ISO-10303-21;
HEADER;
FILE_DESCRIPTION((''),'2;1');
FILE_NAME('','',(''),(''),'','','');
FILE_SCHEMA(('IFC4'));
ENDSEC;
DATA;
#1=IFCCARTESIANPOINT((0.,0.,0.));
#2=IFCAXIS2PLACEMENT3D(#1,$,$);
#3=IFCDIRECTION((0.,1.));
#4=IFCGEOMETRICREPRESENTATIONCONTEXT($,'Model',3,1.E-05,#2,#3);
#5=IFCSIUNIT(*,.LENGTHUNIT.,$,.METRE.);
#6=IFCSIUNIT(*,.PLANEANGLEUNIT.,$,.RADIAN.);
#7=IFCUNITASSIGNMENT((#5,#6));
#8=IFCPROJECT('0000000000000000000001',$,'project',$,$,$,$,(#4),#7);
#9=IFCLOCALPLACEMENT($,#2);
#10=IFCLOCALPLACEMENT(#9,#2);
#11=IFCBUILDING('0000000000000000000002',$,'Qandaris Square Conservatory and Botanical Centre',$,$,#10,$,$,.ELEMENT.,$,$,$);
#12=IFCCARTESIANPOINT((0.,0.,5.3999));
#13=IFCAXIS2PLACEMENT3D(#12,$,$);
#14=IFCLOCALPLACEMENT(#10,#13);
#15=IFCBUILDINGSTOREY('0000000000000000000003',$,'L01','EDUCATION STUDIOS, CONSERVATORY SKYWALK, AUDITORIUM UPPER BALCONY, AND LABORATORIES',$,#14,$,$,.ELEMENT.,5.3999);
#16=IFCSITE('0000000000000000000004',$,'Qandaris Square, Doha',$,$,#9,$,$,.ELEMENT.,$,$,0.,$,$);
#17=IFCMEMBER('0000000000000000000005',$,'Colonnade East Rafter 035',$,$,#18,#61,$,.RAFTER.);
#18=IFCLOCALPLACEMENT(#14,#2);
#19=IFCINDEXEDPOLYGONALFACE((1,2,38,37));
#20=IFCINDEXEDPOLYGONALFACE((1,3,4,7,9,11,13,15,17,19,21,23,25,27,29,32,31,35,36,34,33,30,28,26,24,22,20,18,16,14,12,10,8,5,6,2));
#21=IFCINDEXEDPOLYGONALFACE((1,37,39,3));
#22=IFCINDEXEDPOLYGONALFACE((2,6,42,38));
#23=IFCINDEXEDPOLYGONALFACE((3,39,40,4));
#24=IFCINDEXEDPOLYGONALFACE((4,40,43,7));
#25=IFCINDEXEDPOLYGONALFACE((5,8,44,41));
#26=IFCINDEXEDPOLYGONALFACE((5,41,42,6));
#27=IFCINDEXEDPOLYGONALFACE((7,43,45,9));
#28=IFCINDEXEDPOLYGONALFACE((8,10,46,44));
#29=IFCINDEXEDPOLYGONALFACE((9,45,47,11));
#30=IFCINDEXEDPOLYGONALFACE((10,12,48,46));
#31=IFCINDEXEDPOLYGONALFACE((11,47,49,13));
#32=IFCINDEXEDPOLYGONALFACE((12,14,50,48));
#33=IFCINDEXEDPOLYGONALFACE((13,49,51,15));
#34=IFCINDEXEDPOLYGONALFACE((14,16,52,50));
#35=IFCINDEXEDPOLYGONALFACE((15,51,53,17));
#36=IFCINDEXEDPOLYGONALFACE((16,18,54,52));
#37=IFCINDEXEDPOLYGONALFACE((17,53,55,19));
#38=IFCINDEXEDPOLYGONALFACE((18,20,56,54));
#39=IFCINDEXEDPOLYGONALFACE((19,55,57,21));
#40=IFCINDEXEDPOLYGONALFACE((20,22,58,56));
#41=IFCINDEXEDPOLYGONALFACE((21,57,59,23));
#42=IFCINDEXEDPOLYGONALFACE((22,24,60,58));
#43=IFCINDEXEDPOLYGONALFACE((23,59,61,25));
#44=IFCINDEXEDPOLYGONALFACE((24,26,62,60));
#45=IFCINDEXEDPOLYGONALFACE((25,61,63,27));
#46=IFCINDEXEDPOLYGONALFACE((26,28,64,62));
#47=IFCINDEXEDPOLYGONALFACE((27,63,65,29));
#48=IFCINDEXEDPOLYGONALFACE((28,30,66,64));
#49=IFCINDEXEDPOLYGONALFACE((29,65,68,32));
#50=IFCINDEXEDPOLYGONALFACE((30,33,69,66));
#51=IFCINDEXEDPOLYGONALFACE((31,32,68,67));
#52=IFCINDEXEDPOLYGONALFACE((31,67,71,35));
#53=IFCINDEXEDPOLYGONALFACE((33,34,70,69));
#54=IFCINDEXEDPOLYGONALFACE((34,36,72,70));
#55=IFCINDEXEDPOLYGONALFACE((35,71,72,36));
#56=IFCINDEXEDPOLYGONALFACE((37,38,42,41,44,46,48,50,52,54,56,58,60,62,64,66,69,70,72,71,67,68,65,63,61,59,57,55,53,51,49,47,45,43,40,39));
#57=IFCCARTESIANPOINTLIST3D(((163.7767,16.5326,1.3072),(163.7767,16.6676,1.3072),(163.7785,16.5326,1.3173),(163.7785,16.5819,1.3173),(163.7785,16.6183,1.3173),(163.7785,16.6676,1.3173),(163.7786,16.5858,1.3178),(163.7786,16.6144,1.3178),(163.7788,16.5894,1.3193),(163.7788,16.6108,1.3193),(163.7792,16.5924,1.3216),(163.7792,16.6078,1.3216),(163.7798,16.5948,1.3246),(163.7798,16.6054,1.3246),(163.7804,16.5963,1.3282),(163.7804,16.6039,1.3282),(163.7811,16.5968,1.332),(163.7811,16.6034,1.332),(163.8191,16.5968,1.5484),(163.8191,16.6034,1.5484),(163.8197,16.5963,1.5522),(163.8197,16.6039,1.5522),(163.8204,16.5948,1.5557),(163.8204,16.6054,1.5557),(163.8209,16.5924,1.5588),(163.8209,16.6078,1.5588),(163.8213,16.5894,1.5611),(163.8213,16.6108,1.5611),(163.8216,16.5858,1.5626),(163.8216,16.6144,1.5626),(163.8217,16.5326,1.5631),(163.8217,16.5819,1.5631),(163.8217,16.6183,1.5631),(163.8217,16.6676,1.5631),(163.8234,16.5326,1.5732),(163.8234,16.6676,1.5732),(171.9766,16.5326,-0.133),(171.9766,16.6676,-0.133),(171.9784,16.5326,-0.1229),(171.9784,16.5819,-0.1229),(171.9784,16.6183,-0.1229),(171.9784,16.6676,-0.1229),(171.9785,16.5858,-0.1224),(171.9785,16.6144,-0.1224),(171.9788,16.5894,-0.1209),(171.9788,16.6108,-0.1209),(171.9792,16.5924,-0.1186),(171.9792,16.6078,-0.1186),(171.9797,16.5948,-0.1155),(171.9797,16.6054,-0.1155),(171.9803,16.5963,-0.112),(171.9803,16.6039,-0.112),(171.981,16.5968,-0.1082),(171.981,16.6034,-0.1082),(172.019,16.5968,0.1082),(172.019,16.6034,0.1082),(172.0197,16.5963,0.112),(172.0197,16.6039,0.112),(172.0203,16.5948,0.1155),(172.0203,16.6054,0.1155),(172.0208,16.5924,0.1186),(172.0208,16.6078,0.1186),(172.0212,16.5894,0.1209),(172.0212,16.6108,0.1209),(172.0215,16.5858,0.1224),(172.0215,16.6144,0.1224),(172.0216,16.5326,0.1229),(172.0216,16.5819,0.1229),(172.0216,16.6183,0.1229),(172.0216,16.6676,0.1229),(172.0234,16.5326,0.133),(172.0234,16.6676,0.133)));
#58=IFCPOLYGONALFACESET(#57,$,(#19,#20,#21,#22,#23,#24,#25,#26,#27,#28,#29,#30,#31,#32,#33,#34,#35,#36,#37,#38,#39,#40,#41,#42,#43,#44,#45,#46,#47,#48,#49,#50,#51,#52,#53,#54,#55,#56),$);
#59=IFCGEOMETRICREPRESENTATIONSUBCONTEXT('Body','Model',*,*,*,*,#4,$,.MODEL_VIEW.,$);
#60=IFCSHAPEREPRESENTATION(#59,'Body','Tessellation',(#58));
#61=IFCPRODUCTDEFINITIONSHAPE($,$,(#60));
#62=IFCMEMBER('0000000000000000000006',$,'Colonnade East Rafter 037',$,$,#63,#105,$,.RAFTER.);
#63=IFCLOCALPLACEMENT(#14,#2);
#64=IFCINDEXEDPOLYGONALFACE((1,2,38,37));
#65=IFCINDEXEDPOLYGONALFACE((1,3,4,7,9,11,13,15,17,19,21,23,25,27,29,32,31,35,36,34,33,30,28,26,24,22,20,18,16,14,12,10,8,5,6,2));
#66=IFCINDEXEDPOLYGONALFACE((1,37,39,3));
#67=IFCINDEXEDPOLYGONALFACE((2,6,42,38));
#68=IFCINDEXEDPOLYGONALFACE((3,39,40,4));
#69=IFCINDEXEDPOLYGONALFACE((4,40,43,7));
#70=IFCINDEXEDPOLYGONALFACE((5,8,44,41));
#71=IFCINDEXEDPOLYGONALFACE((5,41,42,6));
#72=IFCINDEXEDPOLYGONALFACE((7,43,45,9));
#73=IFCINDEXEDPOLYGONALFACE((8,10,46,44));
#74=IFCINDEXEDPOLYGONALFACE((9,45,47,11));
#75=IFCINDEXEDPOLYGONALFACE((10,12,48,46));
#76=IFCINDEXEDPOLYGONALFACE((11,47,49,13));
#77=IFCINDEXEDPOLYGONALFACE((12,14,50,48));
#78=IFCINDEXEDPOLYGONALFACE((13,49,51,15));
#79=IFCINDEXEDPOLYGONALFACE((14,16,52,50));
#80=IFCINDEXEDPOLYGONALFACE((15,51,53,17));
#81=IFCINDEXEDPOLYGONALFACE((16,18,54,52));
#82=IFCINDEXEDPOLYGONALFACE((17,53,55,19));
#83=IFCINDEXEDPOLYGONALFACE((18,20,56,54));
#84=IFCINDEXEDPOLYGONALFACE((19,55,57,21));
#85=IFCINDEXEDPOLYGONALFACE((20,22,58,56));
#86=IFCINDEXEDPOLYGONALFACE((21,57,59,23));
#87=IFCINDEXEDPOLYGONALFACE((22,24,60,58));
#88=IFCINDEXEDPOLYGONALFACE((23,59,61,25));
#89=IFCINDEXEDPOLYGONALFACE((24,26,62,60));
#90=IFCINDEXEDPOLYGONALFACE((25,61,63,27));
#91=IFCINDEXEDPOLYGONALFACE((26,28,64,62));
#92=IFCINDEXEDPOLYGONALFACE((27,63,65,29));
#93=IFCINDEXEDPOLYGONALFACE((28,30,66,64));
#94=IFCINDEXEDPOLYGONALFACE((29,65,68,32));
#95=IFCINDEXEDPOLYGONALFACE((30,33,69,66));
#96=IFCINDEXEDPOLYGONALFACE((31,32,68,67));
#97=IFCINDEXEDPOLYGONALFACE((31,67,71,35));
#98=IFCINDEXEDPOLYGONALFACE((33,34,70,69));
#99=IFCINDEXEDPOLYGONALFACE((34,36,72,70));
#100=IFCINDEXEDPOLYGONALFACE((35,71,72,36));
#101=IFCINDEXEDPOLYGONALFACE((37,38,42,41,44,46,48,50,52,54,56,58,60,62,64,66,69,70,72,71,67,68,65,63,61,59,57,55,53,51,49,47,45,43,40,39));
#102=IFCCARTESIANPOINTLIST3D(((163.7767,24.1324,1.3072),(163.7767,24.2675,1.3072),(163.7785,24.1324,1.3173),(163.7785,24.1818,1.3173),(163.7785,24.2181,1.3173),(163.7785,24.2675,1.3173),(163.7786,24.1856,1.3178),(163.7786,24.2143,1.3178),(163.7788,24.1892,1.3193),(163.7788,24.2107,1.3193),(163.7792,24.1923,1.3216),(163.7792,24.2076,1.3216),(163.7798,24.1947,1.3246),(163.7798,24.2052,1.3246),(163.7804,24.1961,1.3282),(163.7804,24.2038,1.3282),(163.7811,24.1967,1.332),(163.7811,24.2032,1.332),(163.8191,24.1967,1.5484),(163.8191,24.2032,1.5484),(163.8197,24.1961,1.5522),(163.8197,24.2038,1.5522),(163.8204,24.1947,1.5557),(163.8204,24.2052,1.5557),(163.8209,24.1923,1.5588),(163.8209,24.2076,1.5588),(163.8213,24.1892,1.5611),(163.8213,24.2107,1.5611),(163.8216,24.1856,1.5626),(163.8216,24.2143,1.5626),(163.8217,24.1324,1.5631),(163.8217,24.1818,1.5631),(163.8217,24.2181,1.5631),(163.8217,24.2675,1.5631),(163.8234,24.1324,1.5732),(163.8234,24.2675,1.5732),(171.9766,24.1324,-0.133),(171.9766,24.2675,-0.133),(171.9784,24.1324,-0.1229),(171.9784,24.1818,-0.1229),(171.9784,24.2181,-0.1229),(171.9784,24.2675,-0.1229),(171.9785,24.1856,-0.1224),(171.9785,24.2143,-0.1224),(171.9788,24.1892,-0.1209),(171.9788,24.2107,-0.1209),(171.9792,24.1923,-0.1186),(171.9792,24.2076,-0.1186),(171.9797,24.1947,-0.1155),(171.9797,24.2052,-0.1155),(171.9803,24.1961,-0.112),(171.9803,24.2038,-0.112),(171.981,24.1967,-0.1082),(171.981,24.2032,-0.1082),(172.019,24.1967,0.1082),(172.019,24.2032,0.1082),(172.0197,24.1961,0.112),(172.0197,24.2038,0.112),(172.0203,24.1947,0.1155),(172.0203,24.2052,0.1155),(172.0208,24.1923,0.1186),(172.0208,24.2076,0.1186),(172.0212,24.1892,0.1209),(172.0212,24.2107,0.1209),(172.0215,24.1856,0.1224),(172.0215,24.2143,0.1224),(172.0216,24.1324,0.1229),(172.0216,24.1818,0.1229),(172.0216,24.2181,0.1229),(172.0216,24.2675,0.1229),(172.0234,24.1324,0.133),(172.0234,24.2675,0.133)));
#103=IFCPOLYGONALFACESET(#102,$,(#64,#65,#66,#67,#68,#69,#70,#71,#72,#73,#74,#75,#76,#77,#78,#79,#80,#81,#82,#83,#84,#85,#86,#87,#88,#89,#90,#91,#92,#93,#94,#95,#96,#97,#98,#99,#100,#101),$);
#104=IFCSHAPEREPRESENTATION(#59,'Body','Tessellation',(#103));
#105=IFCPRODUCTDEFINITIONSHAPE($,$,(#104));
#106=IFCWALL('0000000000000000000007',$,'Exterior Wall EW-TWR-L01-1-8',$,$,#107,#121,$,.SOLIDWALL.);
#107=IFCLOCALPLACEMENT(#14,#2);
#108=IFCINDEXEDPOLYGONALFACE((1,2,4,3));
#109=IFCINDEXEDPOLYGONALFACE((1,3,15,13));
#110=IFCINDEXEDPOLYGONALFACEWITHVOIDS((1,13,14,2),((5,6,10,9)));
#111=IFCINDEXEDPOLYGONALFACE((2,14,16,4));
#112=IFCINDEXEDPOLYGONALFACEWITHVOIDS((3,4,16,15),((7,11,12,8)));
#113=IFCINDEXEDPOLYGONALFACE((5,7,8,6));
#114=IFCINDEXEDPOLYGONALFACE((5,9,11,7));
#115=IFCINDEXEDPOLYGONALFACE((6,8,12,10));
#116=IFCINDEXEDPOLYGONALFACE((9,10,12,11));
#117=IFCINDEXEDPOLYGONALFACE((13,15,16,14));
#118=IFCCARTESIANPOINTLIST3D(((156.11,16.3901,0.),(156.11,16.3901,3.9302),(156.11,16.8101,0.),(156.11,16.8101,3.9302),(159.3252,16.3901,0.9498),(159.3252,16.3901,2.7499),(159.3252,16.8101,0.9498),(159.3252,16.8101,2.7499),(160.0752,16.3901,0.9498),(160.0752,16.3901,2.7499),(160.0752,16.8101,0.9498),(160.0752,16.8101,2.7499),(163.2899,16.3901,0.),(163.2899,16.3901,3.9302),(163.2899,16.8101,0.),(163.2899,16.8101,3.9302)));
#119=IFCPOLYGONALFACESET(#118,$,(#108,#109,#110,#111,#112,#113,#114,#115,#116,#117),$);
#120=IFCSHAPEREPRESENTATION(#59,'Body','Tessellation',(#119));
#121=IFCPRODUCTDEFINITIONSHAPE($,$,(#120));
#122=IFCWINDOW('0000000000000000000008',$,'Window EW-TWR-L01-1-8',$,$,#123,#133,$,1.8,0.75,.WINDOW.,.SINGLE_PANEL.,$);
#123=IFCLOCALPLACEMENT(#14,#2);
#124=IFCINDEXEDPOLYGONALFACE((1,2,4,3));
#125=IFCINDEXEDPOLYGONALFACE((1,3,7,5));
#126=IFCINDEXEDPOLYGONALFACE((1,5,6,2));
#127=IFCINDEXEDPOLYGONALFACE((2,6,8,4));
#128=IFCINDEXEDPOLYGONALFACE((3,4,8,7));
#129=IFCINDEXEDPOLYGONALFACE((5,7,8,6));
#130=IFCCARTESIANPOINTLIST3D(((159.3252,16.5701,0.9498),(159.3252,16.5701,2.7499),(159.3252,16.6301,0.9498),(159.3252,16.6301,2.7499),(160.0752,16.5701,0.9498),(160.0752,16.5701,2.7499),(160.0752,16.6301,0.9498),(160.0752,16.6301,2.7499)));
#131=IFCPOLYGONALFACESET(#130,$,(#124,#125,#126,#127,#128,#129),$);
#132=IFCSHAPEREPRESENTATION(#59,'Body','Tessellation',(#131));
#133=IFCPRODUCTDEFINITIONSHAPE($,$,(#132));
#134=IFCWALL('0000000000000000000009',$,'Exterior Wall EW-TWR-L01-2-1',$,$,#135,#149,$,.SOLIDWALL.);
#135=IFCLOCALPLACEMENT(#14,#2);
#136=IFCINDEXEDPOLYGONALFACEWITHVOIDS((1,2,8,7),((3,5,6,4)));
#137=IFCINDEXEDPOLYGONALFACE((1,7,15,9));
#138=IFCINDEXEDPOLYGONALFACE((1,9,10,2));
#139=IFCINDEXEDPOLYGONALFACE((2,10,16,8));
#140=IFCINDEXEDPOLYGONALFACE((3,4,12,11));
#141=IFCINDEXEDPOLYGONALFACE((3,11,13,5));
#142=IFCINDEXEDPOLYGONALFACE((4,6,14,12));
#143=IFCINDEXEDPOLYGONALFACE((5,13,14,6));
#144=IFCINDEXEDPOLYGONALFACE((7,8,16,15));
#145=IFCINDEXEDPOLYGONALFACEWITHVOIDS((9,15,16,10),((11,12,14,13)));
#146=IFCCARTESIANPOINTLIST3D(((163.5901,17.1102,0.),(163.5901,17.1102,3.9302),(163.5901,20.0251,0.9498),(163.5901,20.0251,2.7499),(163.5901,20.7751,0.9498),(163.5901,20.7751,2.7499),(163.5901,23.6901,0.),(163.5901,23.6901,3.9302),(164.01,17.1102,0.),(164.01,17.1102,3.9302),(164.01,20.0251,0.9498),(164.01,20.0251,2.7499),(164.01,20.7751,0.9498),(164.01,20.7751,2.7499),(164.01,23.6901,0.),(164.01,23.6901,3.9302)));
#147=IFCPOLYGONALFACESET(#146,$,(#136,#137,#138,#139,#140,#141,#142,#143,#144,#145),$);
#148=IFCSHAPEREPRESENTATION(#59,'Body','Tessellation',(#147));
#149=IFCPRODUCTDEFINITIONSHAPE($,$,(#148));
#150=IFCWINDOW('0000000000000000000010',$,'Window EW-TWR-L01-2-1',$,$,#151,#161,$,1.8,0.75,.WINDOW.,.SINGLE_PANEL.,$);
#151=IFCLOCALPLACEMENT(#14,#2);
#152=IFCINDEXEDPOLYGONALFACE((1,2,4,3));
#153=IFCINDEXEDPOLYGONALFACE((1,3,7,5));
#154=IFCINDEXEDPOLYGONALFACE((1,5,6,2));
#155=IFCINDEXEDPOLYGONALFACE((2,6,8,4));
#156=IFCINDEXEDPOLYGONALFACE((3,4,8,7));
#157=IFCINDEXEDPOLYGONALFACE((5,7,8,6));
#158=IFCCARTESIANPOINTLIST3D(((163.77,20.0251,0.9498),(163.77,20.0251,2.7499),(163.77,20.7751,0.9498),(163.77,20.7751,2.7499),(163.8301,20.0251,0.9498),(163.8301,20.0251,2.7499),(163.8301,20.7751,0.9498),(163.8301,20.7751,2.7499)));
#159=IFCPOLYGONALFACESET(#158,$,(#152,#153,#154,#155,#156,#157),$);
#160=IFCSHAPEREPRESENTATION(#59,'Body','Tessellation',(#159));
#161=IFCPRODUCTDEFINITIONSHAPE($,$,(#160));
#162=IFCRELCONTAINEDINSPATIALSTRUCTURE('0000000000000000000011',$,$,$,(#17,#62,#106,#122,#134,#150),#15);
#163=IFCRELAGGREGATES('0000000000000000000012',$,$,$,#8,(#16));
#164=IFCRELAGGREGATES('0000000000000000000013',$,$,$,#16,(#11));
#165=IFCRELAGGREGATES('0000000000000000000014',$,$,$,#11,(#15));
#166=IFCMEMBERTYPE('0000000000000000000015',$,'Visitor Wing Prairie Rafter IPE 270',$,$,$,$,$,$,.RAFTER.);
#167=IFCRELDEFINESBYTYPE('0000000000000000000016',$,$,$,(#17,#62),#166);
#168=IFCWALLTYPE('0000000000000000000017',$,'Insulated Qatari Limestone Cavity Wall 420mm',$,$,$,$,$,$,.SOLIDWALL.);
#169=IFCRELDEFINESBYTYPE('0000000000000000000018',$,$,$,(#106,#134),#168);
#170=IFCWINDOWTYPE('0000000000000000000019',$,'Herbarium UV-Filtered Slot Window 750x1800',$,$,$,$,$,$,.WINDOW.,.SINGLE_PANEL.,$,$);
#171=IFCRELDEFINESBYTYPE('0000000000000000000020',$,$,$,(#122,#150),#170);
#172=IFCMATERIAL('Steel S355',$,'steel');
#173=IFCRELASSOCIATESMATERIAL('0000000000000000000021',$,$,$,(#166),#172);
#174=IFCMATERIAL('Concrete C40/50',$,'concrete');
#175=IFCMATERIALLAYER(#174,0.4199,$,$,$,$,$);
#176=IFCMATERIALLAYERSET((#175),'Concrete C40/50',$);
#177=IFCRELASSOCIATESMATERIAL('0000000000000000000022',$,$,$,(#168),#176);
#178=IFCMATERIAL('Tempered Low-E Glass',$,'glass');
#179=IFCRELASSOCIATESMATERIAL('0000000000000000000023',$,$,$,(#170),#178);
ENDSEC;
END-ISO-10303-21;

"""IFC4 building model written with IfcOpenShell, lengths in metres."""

from ifc_helpers import new_model, si_unit, direction, frame, frame_2d, origin, origin_2d, place, context, subcontext, project, spatial, rectangle, i_section, extrude, material, layer, layer_set, material_profile, profile_set, type_object, element, fill, save


model = new_model("IFC4")

# Units and contexts
model_context = context("Model", 3, precision=1e-05, world=origin(), true_north=direction((0.0, 1.0)))
body_context = subcontext(model_context, "Body", "Model", "MODEL_VIEW")
ifc_project = project(units=[si_unit("LENGTHUNIT", "METRE"), si_unit("PLANEANGLEUNIT", "RADIAN")], contexts=[model_context])

# Site, building, storey
site_placement = place(None, origin())
site = spatial("IfcSite", under=ifc_project, at=site_placement, Name="Qandaris Square, Doha", CompositionType="ELEMENT", RefElevation=0.0)
building_placement = place(site_placement, origin())
building = spatial("IfcBuilding", under=site, at=building_placement, Name="Qandaris Square Conservatory and Botanical Centre", CompositionType="ELEMENT")
storey_placement = place(building_placement, frame((0.0, 0.0, 5.3999)))
storey = spatial("IfcBuildingStorey", under=building, at=storey_placement, Name="L01", Description="EDUCATION STUDIOS, CONSERVATORY SKYWALK, AUDITORIUM UPPER BALCONY, AND LABORATORIES", CompositionType="ELEMENT", Elevation=5.3999)

# Shared definitions
ifc_material_1 = material(Name="Steel S355", Category="steel")

# Members
ifc_material_profile_1 = material_profile(ifc_material_1, i_section(OverallWidth=0.135, OverallDepth=0.27, WebThickness=0.0066, FlangeThickness=0.0103, FilletRadius=0.0149, at=origin_2d()), Name="IPE 270")
ifc_profile_set_1 = profile_set([ifc_material_profile_1], Name="Steel S355")
member_type_1 = type_object("IfcMemberType", Name="Visitor Wing Prairie Rafter IPE 270", PredefinedType="RAFTER", material=ifc_profile_set_1)
for number, where, z_axis, x_axis, name in (
    (1, (172.0, 16.6001, 0.0), (-0.984924, 0.0, 0.172986), (0.0, -1.0, 0.0), "Colonnade East Rafter 035"),
    (2, (172.0, 24.2, 0.0), (-0.984924, 0.0, 0.172986), (0.0, -1.0, 0.0), "Colonnade East Rafter 037"),
):
    element("IfcMember", number, at=place(storey_placement, frame(where, z_axis=z_axis, x_axis=x_axis)), inside=storey, type_object=member_type_1, Name=name, PredefinedType="RAFTER", context=body_context, shape_type="SweptSolid", body=[
        extrude(i_section(OverallWidth=0.135, OverallDepth=0.27, WebThickness=0.0066, FlangeThickness=0.0103, FilletRadius=0.0149, at=origin_2d()), origin(), (0.0, 0.0, 1.0), 8.3254),
    ])

# Walls, openings, windows
ifc_material_2 = material(Name="Concrete C40/50", Category="concrete")
ifc_layer_1 = layer(ifc_material_2, 0.4199)
ifc_layer_set_1 = layer_set([ifc_layer_1], Name="Concrete C40/50")
wall_type_1 = type_object("IfcWallType", Name="Insulated Qatari Limestone Cavity Wall 420mm", PredefinedType="SOLIDWALL", material=ifc_layer_set_1)
wall_1_placement = place(storey_placement, frame((156.1101, 16.6001, 0.0), z_axis=(0.0, 0.0, 1.0), x_axis=(1.0, 0.0, 0.0)))
wall_1 = element("IfcWall", 3, at=wall_1_placement, inside=storey, type_object=wall_type_1, Name="Exterior Wall EW-TWR-L01-1-8", PredefinedType="SOLIDWALL", context=body_context, shape_type="SweptSolid", body=[
    extrude(rectangle(XDim=7.1799, YDim=0.4199, at=frame_2d((3.5898, 0.0))), origin(), (0.0, 0.0, 1.0), 3.9302),
])
opening_1_placement = place(wall_1_placement, frame((3.2151, 0.0, 0.95)))
opening_1 = element("IfcOpeningElement", 4, at=opening_1_placement, cuts=wall_1, PredefinedType="OPENING", context=body_context, shape_type="SweptSolid", body=[
    extrude(rectangle(XDim=0.75, YDim=1.8, at=frame_2d((0.375, 0.8999))), frame((0.0, 0.2219, 0.0), z_axis=(0.0, -1.0, 0.0), x_axis=(1.0, 0.0, 0.0)), (0.0, 0.0, 1.0), 0.4438),
])
ifc_material_3 = material(Name="Tempered Low-E Glass", Category="glass")
window_type_1 = type_object("IfcWindowType", Name="Herbarium UV-Filtered Slot Window 750x1800", PartitioningType="SINGLE_PANEL", PredefinedType="WINDOW", material=ifc_material_3)
window_1_placement = place(opening_1_placement, origin())
window_1 = element("IfcWindow", 5, at=window_1_placement, inside=storey, type_object=window_type_1, Name="Window EW-TWR-L01-1-8", OverallHeight=1.8, OverallWidth=0.75, PartitioningType="SINGLE_PANEL", PredefinedType="WINDOW", context=body_context, shape_type="SweptSolid", body=[
    extrude(rectangle(XDim=0.75, YDim=1.8, at=frame_2d((0.375, 0.8999))), frame((0.0, 0.03, 0.0), z_axis=(0.0, -1.0, 0.0), x_axis=(1.0, 0.0, 0.0)), (0.0, 0.0, 1.0), 0.0601),
])
fill(opening_1, window_1)
wall_2_placement = place(storey_placement, frame((163.8, 17.1101, 0.0), z_axis=(0.0, 0.0, 1.0), x_axis=(0.0, 1.0, 0.0)))
wall_2 = element("IfcWall", 6, at=wall_2_placement, inside=storey, type_object=wall_type_1, Name="Exterior Wall EW-TWR-L01-2-1", PredefinedType="SOLIDWALL", context=body_context, shape_type="SweptSolid", body=[
    extrude(rectangle(XDim=6.5798, YDim=0.4199, at=frame_2d((3.29, 0.0))), origin(), (0.0, 0.0, 1.0), 3.9302),
])
opening_2_placement = place(wall_2_placement, frame((2.915, 0.0, 0.95)))
opening_2 = element("IfcOpeningElement", 7, at=opening_2_placement, cuts=wall_2, PredefinedType="OPENING", context=body_context, shape_type="SweptSolid", body=[
    extrude(rectangle(XDim=0.75, YDim=1.8, at=frame_2d((0.375, 0.8999))), frame((0.0, 0.2219, 0.0), z_axis=(0.0, -1.0, 0.0), x_axis=(1.0, 0.0, 0.0)), (0.0, 0.0, 1.0), 0.4438),
])
window_2_placement = place(opening_2_placement, origin())
window_2 = element("IfcWindow", 8, at=window_2_placement, inside=storey, type_object=window_type_1, Name="Window EW-TWR-L01-2-1", OverallHeight=1.8, OverallWidth=0.75, PartitioningType="SINGLE_PANEL", PredefinedType="WINDOW", context=body_context, shape_type="SweptSolid", body=[
    extrude(rectangle(XDim=0.75, YDim=1.8, at=frame_2d((0.375, 0.8999))), frame((0.0, 0.03, 0.0), z_axis=(0.0, -1.0, 0.0), x_axis=(1.0, 0.0, 0.0)), (0.0, 0.0, 1.0), 0.0601),
])
fill(opening_2, window_2)

save(model, "model.ifc")
